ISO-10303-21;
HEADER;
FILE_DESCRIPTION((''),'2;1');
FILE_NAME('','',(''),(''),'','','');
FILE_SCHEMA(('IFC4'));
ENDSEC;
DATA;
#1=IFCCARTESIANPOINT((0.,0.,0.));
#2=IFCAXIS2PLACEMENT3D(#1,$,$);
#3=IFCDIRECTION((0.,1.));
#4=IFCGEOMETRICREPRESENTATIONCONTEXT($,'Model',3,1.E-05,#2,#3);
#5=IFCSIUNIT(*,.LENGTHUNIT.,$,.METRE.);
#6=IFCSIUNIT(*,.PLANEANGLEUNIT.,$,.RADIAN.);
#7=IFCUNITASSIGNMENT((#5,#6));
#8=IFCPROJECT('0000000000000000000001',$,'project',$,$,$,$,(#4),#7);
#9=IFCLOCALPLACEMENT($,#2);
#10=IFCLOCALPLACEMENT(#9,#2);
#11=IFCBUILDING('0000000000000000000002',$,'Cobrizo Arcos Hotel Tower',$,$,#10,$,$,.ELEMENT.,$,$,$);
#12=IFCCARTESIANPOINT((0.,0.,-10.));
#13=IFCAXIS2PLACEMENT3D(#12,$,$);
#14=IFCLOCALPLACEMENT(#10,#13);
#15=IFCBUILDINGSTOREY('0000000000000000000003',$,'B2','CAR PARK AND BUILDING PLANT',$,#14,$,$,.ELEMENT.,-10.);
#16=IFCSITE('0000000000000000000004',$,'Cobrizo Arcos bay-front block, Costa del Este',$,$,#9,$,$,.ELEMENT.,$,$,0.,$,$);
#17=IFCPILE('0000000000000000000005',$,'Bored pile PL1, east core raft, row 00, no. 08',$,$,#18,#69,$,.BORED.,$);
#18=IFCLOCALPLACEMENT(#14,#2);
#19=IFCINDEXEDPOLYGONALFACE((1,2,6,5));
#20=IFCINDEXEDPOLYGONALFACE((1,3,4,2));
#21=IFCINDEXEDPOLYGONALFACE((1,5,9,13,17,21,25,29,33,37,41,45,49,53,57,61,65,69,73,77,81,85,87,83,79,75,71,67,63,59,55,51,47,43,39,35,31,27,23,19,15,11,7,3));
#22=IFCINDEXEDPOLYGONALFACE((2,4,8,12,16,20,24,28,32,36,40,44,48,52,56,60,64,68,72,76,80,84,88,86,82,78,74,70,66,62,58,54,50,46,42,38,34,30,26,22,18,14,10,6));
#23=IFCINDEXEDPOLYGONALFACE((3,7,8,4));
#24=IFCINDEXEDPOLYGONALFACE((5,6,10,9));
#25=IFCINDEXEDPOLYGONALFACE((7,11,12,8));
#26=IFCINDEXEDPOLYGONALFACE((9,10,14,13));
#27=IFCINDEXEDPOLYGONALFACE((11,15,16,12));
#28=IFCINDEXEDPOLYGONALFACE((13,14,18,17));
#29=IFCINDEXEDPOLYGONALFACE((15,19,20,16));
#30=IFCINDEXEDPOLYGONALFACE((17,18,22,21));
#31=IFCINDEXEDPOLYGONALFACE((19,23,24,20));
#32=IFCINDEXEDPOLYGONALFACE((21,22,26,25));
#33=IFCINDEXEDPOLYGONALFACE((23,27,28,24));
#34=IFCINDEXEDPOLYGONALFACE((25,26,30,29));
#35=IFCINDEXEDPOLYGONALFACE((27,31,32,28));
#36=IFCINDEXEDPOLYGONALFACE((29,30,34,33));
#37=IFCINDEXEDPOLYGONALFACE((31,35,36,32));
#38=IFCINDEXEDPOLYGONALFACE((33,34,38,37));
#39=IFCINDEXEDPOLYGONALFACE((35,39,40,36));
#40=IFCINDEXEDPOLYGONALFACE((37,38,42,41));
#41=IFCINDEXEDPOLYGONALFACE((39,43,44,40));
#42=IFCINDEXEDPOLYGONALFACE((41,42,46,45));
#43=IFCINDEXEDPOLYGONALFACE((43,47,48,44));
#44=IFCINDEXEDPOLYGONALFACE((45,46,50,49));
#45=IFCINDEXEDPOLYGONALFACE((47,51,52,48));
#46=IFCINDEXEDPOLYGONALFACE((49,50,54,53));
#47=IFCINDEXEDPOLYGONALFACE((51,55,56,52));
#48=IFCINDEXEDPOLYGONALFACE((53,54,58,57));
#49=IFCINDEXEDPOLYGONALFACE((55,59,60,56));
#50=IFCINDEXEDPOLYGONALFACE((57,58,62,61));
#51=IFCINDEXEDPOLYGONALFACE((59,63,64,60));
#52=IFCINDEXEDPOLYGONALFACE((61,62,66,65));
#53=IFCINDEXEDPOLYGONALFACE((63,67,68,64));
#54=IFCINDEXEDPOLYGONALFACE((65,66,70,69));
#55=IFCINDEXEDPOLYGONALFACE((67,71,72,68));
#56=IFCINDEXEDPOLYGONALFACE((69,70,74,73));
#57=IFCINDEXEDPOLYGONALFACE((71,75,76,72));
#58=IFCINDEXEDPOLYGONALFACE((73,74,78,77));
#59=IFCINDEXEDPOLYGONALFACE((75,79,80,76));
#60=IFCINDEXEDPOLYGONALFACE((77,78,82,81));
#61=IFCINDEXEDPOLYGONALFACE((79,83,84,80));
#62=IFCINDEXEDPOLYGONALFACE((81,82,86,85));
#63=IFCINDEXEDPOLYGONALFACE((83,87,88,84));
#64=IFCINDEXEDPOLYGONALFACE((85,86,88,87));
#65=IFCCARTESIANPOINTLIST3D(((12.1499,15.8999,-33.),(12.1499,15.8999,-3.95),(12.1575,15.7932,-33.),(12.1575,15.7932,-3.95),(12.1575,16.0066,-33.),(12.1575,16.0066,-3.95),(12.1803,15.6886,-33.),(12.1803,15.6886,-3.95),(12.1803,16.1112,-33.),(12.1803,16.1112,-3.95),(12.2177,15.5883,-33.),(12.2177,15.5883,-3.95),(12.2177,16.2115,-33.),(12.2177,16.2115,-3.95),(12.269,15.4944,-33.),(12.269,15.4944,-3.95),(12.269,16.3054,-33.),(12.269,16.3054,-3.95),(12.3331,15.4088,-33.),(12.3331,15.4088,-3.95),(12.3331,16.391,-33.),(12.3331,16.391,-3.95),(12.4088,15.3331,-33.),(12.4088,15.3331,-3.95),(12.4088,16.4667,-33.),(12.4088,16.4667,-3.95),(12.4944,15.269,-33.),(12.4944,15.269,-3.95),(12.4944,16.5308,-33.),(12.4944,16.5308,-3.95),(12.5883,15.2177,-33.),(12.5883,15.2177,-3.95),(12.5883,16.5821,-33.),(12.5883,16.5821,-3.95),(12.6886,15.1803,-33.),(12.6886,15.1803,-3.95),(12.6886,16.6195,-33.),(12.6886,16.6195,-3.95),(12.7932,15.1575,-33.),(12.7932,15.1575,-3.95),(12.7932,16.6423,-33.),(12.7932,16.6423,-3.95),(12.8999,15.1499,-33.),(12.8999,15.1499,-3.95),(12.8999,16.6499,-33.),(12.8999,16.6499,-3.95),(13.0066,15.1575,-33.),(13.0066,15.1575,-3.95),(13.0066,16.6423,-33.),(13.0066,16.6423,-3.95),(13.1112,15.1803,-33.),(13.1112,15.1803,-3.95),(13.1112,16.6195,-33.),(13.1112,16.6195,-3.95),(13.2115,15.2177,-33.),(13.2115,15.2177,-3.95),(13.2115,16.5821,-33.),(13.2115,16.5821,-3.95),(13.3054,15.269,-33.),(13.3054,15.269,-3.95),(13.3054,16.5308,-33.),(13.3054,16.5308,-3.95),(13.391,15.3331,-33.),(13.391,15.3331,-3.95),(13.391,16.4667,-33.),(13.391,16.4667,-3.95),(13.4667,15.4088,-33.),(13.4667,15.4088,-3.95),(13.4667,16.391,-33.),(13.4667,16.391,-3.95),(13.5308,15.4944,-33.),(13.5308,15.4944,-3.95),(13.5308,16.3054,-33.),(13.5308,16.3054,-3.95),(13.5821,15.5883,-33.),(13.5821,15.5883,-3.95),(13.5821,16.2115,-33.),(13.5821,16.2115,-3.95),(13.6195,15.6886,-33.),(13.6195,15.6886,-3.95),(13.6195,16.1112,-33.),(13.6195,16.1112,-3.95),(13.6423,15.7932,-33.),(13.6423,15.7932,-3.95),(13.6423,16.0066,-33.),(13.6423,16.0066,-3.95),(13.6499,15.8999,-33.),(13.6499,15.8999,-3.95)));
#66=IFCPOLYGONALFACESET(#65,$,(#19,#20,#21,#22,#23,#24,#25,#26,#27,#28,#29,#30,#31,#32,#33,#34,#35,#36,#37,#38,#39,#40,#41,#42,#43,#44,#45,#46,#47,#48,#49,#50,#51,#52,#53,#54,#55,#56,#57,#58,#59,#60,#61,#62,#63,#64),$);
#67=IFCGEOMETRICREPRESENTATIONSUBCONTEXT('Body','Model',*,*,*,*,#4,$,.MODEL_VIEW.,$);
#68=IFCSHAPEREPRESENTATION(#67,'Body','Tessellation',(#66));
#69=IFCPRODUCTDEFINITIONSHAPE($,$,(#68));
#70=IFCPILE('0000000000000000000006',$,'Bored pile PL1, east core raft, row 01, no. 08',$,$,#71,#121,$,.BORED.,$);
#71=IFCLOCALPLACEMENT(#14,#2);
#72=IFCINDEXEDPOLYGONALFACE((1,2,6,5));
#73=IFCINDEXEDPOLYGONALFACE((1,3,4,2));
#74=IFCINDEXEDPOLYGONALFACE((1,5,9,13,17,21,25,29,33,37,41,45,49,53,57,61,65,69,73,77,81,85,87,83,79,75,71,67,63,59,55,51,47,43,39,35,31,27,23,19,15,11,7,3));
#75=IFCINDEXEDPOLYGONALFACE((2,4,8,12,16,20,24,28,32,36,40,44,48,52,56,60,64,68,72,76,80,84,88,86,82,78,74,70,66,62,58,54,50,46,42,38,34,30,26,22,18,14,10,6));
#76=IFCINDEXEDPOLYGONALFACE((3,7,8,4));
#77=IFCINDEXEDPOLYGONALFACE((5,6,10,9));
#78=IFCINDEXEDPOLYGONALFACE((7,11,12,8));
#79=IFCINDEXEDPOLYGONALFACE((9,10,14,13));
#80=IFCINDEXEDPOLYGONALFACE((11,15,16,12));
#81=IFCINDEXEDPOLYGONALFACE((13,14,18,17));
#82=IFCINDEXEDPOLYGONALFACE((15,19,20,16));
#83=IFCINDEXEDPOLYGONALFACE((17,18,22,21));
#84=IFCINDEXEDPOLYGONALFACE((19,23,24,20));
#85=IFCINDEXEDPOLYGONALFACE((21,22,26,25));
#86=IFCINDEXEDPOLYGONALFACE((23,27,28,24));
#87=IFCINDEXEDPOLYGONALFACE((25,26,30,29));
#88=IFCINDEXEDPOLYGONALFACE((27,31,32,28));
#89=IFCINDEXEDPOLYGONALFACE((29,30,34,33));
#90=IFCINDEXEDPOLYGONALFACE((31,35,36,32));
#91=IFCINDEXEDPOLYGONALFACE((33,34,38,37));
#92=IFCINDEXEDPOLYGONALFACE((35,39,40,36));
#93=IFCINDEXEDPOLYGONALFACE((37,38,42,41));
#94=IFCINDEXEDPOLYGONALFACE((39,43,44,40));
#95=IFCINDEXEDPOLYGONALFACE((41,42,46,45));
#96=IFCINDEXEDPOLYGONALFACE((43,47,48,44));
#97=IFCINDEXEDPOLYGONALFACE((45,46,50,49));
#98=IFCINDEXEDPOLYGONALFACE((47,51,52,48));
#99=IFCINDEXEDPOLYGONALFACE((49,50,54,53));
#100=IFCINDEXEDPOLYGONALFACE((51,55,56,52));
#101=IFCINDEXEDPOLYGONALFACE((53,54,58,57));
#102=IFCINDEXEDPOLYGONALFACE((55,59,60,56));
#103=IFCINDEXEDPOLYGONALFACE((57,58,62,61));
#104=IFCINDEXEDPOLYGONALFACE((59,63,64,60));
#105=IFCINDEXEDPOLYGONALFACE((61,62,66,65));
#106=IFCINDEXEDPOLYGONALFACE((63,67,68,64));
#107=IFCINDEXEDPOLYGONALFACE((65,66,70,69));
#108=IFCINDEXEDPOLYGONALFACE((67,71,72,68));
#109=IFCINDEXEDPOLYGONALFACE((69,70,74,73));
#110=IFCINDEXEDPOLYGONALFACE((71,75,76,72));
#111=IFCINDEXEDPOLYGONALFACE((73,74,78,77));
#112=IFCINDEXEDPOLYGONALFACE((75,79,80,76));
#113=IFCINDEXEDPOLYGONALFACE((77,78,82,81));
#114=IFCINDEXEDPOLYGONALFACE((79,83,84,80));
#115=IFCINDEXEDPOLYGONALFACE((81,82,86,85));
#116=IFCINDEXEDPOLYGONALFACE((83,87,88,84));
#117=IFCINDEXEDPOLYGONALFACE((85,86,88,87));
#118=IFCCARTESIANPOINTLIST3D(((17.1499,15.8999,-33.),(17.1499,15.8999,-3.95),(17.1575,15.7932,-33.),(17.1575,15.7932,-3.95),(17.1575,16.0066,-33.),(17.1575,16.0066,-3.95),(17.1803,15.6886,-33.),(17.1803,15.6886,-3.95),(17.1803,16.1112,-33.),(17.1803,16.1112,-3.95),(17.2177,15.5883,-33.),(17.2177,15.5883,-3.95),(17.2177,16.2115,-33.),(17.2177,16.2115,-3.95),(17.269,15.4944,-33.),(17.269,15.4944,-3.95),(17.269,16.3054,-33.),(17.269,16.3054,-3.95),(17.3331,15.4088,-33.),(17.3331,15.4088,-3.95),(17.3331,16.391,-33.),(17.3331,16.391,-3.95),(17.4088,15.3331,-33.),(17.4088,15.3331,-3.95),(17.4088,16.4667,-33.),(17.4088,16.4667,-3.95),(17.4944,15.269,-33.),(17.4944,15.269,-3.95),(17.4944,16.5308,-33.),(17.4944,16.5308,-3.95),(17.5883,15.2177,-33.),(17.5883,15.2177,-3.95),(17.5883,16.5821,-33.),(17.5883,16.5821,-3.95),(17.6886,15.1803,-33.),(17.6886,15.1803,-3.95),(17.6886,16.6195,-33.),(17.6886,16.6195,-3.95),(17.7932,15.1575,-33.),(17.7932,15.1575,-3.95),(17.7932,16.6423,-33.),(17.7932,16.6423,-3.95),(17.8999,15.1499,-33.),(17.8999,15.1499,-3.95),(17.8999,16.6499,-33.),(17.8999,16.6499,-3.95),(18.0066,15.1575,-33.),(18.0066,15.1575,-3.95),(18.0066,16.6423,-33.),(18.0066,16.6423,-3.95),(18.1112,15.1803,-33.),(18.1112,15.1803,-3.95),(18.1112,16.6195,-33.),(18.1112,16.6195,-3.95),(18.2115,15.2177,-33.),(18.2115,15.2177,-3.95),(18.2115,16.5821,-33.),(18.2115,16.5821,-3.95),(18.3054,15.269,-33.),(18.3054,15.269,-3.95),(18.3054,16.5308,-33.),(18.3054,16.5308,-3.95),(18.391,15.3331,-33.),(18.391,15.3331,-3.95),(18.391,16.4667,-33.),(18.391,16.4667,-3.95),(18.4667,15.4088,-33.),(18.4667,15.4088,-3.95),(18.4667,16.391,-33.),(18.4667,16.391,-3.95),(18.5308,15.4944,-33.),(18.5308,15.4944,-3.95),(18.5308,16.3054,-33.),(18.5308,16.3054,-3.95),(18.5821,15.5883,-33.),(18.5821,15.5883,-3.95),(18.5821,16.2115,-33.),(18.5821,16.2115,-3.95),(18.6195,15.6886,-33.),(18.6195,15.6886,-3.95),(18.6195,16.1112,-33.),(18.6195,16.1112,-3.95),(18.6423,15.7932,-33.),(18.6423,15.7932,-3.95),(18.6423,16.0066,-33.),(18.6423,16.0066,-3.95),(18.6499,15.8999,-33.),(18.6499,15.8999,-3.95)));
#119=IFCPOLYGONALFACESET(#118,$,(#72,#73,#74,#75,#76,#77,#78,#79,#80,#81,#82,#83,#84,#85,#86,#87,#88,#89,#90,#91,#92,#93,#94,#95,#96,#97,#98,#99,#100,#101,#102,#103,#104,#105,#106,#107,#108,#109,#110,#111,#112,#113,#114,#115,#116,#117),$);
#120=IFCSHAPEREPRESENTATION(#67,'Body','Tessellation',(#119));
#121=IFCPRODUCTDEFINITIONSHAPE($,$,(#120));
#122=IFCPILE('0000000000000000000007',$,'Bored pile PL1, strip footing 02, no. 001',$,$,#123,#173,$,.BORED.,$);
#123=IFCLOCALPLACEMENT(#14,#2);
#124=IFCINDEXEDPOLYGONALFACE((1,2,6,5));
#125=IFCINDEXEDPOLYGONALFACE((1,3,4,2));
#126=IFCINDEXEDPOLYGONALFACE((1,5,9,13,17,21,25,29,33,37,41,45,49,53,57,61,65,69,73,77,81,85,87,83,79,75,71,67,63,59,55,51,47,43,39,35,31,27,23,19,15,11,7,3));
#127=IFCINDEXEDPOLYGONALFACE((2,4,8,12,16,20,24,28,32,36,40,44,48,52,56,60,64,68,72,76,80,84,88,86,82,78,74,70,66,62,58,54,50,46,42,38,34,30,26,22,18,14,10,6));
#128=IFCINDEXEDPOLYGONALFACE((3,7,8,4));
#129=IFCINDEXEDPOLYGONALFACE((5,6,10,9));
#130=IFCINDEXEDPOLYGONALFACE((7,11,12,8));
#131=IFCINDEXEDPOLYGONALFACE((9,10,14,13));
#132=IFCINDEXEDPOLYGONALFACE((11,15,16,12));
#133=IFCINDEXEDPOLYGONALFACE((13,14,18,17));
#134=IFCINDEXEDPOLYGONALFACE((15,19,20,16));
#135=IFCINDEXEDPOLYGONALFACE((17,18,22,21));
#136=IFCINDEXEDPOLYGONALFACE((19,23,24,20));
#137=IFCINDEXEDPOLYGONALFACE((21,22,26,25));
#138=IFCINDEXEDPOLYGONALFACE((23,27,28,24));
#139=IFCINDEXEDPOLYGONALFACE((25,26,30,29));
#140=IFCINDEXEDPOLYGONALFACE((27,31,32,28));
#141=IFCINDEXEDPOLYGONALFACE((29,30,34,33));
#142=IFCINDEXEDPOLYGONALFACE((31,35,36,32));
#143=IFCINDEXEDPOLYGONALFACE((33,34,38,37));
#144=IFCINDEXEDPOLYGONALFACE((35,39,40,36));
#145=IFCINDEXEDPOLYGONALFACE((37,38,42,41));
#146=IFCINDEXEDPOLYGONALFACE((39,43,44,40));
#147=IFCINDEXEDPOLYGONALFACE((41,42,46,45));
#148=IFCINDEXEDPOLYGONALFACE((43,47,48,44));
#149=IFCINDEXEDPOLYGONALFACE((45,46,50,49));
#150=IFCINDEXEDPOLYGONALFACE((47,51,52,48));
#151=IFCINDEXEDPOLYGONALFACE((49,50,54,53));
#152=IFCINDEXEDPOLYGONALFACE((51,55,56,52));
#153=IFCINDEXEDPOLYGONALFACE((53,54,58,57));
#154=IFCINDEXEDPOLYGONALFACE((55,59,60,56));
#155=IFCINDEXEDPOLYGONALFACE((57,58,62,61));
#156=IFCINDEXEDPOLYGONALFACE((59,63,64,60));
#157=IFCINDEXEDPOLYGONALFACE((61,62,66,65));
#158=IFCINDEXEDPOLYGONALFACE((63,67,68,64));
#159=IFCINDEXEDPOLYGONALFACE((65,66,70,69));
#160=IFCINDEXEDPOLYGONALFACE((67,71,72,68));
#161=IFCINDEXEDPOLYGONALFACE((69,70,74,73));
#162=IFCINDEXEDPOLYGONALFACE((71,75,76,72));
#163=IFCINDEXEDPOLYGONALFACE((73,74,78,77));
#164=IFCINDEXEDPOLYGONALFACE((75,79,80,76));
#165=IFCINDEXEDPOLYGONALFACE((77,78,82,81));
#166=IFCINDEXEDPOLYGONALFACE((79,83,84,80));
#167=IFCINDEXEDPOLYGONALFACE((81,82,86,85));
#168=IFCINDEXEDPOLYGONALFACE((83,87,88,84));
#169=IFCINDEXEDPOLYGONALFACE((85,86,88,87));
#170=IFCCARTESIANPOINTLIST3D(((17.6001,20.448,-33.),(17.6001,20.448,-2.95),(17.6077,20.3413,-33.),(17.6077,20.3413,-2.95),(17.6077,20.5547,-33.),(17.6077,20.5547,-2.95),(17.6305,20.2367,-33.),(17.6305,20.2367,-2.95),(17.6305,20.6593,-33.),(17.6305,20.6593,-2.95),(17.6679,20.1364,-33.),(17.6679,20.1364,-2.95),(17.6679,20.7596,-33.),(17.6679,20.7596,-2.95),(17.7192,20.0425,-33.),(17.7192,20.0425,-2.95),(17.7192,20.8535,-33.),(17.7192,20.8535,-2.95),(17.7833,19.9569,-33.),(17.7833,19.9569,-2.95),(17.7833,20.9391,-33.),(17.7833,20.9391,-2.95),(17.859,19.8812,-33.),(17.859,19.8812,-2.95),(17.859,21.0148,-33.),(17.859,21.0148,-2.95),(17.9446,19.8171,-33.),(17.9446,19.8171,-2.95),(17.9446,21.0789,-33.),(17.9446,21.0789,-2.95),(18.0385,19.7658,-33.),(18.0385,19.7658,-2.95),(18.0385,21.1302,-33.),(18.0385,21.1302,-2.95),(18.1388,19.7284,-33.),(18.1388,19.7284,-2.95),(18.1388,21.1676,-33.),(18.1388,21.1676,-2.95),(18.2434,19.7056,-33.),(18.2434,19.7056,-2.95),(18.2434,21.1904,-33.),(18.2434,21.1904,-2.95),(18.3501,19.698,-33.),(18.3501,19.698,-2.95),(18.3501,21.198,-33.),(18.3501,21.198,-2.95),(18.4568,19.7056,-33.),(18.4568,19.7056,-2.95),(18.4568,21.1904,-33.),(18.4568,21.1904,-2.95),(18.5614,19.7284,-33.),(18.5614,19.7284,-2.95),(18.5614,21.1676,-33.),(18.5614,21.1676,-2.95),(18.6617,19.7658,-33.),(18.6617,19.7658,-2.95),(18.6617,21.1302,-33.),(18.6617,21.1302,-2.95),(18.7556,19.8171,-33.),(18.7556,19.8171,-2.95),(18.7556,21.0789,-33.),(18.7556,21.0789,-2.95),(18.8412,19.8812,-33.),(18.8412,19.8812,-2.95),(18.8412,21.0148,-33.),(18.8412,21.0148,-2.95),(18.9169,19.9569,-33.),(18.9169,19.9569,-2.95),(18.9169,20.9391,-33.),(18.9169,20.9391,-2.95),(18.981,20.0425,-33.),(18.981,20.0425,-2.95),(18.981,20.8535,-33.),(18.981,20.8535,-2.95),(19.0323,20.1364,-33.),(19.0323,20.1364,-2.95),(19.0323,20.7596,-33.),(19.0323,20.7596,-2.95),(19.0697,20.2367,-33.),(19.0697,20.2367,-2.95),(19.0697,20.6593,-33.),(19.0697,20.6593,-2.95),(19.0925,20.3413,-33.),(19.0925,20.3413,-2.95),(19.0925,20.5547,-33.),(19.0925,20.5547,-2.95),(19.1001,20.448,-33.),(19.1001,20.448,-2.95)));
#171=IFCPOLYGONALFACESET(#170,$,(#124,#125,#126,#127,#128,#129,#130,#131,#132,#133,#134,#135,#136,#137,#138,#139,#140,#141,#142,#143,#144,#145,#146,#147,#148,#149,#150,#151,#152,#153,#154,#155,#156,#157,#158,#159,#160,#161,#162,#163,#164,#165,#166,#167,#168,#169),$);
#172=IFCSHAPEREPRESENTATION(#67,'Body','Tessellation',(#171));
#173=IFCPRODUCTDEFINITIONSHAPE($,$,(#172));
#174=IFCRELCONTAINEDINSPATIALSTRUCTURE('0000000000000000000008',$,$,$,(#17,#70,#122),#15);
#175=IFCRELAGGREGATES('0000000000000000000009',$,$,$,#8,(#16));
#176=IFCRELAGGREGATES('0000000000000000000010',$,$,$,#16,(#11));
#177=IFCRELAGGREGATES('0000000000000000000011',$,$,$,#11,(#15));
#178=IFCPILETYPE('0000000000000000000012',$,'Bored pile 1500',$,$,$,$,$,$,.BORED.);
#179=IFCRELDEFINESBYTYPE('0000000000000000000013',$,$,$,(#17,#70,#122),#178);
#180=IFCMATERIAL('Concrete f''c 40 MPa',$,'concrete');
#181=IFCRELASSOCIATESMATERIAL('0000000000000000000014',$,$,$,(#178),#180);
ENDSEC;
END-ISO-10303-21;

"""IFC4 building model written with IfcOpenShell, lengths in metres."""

from ifc_helpers import new_model, si_unit, direction, frame, origin, origin_2d, place, context, subcontext, project, spatial, circle, extrude, material, material_profile, profile_set, type_object, element, save


model = new_model("IFC4")

# Units and contexts
model_context = context("Model", 3, precision=1e-05, world=origin(), true_north=direction((0.0, 1.0)))
body_context = subcontext(model_context, "Body", "Model", "MODEL_VIEW")
ifc_project = project(units=[si_unit("LENGTHUNIT", "METRE"), si_unit("PLANEANGLEUNIT", "RADIAN")], contexts=[model_context])

# Site, building, storey
site_placement = place(None, origin())
site = spatial("IfcSite", under=ifc_project, at=site_placement, Name="Cobrizo Arcos bay-front block, Costa del Este", CompositionType="ELEMENT", RefElevation=0.0)
building_placement = place(site_placement, origin())
building = spatial("IfcBuilding", under=site, at=building_placement, Name="Cobrizo Arcos Hotel Tower", CompositionType="ELEMENT")
storey_placement = place(building_placement, frame((0.0, 0.0, -10.0)))
storey = spatial("IfcBuildingStorey", under=building, at=storey_placement, Name="B2", Description="CAR PARK AND BUILDING PLANT", CompositionType="ELEMENT", Elevation=-10.0)

# Piles
ifc_material_1 = material(Name="Concrete f'c 40 MPa", Category="concrete")
ifc_material_profile_1 = material_profile(ifc_material_1, circle(Radius=0.75, at=origin_2d()), Name="BORED PILE 1500")
ifc_profile_set_1 = profile_set([ifc_material_profile_1], Name="Concrete f'c 40 MPa")
pile_type = type_object("IfcPileType", Name="Bored pile 1500", PredefinedType="BORED", material=ifc_profile_set_1)
for number, where, z_axis, x_axis, name in (
    (1, (12.8999, 15.8999, -3.95), (0.0, 0.0, -1.0), (1.0, 0.0, 0.0), "Bored pile PL1, east core raft, row 00, no. 08"),
    (2, (17.8999, 15.8999, -3.95), (0.0, 0.0, -1.0), (1.0, 0.0, 0.0), "Bored pile PL1, east core raft, row 01, no. 08"),
):
    element("IfcPile", number, at=place(storey_placement, frame(where, z_axis=z_axis, x_axis=x_axis)), inside=storey, type_object=pile_type, Name=name, PredefinedType="BORED", context=body_context, shape_type="SweptSolid", body=[
        extrude(circle(Radius=0.75, at=origin_2d()), origin(), (0.0, 0.0, 1.0), 29.05),
    ])
for number, where, z_axis, x_axis, name in (
    (3, (18.3501, 20.448, -2.95), (0.0, 0.0, -1.0), (1.0, 0.0, 0.0), "Bored pile PL1, strip footing 02, no. 001"),
):
    element("IfcPile", number, at=place(storey_placement, frame(where, z_axis=z_axis, x_axis=x_axis)), inside=storey, type_object=pile_type, Name=name, PredefinedType="BORED", context=body_context, shape_type="SweptSolid", body=[
        extrude(circle(Radius=0.75, at=origin_2d()), origin(), (0.0, 0.0, 1.0), 30.05),
    ])

save(model, "model.ifc")
